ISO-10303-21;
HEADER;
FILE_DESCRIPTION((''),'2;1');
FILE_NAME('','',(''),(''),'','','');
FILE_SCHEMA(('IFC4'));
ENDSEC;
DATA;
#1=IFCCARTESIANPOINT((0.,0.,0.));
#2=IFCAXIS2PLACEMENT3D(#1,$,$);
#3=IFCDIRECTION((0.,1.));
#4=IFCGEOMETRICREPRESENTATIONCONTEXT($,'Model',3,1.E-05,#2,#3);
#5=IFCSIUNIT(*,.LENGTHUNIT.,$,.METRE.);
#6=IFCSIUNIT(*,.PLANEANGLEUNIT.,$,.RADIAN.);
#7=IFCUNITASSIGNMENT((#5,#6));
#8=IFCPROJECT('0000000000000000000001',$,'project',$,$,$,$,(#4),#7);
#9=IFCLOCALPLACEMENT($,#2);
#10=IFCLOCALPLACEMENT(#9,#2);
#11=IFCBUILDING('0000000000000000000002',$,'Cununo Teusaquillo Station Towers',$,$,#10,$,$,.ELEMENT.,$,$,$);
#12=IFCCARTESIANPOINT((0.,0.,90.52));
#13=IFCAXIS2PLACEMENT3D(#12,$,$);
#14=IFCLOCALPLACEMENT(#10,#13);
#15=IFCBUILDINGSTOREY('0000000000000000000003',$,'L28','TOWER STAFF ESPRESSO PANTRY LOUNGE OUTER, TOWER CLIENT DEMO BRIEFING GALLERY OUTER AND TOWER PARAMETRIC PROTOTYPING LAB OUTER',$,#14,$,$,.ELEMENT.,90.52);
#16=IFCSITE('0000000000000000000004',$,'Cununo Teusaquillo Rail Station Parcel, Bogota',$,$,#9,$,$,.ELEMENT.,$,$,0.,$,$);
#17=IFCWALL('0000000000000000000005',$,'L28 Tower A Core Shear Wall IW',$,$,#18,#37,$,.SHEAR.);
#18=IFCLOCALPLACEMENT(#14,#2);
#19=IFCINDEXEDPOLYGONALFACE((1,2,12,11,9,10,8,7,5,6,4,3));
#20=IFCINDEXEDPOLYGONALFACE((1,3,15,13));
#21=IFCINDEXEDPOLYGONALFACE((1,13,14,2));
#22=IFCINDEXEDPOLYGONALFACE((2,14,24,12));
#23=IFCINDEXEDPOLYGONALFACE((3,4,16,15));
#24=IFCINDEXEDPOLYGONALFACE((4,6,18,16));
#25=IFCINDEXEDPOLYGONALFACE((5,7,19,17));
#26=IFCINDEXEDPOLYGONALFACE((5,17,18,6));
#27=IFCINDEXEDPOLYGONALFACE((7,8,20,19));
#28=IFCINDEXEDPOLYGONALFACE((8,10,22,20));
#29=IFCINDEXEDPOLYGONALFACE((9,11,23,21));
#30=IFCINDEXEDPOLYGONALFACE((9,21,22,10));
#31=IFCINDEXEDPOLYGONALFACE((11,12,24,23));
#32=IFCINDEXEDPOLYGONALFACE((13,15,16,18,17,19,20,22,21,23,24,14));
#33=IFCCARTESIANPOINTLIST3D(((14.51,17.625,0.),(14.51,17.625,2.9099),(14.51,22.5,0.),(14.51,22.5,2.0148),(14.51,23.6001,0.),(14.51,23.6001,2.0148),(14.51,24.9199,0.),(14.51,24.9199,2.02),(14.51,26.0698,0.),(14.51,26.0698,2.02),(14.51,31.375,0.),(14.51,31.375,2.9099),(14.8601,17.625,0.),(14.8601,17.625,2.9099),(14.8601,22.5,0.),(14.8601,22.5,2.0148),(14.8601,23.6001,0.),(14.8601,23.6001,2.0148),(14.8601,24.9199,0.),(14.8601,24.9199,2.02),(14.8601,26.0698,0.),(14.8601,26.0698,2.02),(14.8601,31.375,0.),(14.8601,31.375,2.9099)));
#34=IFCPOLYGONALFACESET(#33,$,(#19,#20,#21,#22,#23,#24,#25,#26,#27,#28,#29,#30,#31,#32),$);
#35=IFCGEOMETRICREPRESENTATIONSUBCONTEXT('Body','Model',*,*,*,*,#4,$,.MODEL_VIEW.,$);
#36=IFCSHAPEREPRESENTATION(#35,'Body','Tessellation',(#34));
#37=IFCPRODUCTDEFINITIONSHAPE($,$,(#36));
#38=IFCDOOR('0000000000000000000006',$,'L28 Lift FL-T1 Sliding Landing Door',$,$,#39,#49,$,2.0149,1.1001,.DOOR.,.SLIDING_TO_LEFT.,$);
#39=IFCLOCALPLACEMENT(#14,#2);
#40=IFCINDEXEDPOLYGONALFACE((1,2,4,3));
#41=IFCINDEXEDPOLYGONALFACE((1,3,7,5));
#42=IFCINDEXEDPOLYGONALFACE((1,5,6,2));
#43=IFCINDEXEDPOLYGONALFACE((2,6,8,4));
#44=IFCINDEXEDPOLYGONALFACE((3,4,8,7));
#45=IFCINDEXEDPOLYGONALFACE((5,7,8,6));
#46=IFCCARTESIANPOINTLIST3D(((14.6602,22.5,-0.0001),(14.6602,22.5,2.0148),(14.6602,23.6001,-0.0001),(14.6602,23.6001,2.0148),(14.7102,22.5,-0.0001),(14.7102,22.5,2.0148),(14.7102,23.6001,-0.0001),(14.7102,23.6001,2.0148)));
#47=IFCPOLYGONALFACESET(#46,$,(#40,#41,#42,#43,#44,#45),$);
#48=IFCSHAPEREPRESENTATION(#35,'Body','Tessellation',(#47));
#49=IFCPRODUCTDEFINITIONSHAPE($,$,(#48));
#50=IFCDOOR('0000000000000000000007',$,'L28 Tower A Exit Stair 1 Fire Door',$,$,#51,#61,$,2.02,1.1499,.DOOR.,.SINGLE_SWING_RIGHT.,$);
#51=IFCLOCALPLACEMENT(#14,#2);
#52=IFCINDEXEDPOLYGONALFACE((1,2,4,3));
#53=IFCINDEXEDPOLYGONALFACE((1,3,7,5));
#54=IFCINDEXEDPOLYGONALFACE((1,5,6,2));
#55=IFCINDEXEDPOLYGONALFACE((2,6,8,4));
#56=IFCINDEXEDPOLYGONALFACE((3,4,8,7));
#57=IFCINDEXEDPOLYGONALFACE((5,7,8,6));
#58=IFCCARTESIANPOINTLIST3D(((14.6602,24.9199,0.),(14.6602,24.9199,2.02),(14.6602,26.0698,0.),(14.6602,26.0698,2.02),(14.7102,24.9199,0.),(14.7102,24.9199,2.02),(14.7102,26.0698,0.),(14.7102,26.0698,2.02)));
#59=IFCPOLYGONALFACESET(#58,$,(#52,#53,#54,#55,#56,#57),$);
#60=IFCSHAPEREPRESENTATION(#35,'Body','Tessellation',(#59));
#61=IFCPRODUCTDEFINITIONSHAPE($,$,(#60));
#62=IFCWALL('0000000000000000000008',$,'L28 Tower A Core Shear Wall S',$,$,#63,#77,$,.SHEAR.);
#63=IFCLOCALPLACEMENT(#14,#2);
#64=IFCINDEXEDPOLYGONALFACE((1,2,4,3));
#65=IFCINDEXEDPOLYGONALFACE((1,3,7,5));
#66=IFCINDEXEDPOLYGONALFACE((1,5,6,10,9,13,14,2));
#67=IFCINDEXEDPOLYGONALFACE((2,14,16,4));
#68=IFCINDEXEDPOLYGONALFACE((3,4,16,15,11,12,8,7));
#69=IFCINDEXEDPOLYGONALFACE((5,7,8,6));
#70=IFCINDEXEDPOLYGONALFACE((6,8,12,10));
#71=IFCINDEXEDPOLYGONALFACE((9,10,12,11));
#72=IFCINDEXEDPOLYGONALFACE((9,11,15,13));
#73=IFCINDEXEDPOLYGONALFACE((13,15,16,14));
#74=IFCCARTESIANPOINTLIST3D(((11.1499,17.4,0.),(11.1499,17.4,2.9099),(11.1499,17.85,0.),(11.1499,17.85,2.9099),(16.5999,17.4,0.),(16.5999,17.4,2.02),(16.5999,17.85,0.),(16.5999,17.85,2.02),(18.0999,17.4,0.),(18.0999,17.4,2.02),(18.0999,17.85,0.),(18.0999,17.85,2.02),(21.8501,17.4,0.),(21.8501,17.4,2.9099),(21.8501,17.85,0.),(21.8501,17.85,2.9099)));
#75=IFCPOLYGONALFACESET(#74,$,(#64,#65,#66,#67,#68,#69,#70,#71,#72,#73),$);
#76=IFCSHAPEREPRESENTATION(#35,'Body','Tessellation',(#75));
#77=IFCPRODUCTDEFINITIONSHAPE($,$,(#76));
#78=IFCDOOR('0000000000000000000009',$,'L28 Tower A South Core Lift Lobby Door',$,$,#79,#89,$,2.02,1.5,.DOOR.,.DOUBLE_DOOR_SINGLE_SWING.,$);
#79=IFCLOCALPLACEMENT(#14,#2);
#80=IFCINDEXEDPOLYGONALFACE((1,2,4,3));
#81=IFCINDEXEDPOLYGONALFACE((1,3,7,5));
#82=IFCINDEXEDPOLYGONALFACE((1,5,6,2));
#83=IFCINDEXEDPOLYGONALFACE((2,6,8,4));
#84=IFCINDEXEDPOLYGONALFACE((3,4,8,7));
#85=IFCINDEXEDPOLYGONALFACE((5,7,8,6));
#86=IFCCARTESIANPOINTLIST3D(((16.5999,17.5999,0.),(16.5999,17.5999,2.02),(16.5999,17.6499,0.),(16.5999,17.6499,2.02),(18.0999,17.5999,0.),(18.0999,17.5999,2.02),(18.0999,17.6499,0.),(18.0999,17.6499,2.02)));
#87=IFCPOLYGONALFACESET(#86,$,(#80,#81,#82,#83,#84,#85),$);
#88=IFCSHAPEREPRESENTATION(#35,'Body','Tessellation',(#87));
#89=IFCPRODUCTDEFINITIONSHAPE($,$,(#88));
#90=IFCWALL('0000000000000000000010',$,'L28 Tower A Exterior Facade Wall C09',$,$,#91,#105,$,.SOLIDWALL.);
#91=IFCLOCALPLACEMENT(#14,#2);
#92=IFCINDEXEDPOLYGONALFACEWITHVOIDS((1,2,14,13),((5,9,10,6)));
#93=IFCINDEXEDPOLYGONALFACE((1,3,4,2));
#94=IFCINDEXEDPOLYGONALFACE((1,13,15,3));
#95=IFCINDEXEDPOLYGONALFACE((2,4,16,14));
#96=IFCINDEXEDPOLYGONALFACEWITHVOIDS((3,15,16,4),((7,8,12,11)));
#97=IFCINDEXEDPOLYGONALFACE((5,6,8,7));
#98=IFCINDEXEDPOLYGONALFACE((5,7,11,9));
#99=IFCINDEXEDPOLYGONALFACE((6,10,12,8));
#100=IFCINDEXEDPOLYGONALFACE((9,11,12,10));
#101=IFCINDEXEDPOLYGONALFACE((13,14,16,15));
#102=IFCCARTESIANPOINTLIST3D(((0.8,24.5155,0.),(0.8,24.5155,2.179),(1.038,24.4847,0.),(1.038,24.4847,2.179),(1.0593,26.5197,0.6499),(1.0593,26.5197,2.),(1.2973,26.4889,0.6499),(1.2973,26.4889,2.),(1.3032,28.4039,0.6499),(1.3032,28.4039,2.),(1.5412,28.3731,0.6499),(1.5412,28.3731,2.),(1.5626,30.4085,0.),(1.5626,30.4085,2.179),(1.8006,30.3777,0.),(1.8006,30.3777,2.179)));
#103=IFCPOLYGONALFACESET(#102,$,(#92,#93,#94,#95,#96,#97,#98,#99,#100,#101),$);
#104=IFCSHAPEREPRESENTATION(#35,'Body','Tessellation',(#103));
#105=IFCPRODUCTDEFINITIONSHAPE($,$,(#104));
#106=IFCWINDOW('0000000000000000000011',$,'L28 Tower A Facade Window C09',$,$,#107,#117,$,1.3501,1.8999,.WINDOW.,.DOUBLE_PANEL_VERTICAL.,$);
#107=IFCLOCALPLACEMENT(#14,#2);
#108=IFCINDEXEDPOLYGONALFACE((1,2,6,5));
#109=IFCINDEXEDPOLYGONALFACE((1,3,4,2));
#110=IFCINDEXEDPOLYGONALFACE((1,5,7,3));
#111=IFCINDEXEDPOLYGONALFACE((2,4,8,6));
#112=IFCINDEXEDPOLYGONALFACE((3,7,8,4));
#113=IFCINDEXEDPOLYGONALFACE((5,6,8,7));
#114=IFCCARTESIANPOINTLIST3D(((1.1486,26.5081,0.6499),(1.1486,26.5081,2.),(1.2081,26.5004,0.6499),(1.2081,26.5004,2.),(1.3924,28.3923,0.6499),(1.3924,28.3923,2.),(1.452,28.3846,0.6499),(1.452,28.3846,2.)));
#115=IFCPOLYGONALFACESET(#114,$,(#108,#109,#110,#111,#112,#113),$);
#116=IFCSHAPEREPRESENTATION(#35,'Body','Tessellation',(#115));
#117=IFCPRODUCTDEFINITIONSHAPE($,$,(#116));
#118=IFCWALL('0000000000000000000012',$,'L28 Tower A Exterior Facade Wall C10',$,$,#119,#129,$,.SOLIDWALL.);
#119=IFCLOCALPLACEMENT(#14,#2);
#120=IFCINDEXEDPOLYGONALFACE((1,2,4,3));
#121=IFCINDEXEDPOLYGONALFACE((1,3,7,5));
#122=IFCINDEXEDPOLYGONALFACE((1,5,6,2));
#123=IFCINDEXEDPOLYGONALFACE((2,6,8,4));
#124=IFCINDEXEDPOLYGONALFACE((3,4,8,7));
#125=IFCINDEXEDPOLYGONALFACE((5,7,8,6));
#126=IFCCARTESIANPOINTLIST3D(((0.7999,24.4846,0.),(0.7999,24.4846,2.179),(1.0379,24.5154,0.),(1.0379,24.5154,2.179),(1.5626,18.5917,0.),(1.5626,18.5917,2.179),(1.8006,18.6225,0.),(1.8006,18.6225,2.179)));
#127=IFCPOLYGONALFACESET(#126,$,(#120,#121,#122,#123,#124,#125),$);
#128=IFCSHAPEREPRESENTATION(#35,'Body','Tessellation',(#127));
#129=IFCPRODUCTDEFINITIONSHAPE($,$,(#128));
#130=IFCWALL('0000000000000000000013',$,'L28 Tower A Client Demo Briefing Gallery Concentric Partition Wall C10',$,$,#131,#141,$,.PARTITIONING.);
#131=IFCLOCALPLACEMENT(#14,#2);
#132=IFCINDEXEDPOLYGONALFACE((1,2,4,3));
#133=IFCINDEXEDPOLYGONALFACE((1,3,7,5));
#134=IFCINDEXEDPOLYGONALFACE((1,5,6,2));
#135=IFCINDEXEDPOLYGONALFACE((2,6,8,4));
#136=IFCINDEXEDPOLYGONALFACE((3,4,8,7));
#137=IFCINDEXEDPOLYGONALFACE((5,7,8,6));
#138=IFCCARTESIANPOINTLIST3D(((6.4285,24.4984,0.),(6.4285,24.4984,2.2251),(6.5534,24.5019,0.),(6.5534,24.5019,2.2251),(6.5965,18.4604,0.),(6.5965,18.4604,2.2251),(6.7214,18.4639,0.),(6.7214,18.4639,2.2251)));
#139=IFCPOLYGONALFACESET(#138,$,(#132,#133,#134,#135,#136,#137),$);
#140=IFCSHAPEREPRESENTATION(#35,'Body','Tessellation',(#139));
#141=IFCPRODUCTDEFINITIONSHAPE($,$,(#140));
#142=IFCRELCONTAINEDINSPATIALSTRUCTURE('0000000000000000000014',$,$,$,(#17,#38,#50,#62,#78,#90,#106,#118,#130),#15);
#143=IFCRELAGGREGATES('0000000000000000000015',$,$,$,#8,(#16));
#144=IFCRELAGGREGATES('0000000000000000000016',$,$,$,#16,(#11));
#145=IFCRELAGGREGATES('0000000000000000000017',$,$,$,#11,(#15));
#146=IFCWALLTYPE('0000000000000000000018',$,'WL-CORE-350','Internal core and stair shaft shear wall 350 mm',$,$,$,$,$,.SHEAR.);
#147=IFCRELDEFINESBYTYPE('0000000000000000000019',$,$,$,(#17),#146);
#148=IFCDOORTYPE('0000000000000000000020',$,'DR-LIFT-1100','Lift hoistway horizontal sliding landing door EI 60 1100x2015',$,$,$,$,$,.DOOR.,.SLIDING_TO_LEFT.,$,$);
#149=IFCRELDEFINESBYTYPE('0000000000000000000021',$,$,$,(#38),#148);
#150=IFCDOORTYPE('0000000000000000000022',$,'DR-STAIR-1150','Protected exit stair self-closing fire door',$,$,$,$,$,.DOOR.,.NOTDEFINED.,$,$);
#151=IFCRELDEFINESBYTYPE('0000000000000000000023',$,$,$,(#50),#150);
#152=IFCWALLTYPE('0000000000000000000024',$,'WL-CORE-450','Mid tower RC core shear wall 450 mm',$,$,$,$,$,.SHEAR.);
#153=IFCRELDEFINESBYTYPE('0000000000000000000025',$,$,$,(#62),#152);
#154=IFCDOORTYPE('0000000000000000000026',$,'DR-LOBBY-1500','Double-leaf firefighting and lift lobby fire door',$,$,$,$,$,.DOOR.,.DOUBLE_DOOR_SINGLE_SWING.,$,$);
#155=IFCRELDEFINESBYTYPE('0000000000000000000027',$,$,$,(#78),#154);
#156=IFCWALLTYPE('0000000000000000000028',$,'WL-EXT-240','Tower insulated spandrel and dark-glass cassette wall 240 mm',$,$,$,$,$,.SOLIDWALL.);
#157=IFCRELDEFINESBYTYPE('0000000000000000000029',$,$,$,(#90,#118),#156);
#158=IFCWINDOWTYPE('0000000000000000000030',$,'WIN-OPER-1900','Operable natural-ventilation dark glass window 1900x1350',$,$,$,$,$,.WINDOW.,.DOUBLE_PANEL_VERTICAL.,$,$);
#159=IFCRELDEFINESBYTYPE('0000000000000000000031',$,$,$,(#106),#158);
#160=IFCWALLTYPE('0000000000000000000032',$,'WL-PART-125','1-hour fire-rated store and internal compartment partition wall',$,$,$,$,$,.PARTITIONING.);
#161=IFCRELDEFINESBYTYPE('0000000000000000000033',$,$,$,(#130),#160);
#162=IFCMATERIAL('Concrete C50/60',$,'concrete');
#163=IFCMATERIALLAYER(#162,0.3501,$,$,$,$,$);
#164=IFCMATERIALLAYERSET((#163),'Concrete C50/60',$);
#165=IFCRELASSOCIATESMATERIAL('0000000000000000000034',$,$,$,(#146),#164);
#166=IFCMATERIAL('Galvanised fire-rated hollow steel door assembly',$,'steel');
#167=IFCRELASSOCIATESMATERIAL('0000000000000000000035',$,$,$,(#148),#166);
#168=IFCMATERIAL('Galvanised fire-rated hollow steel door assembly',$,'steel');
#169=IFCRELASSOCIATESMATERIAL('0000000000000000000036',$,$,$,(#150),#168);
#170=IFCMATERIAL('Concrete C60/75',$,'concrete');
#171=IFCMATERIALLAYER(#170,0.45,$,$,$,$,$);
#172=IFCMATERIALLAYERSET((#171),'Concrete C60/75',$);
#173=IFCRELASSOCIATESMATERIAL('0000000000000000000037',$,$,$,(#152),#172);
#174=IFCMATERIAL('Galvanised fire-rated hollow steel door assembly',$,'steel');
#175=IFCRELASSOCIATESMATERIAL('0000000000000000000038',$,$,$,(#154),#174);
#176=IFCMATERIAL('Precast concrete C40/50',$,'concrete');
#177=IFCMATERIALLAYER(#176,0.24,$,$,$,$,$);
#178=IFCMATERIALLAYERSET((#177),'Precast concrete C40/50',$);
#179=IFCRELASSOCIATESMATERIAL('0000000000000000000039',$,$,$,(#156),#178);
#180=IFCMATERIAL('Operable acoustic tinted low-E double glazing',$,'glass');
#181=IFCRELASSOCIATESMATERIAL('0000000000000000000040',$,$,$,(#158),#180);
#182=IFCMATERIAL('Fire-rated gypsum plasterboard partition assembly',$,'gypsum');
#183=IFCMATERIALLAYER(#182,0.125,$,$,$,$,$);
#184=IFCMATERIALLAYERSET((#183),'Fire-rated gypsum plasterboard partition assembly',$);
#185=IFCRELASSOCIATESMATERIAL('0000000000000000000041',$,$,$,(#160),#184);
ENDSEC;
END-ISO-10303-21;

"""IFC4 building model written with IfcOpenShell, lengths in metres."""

from ifc_helpers import new_model, si_unit, direction, frame, frame_2d, origin, place, context, subcontext, project, spatial, rectangle, extrude, source, transform, mapped, material, layer, layer_set, type_object, element, fill, save


model = new_model("IFC4")

# Units and contexts
model_context = context("Model", 3, precision=1e-05, world=origin(), true_north=direction((0.0, 1.0)))
body_context = subcontext(model_context, "Body", "Model", "MODEL_VIEW")
ifc_project = project(units=[si_unit("LENGTHUNIT", "METRE"), si_unit("PLANEANGLEUNIT", "RADIAN")], contexts=[model_context])

# Site, building, storey
site_placement = place(None, origin())
site = spatial("IfcSite", under=ifc_project, at=site_placement, Name="Cununo Teusaquillo Rail Station Parcel, Bogota", CompositionType="ELEMENT", RefElevation=0.0)
building_placement = place(site_placement, origin())
building = spatial("IfcBuilding", under=site, at=building_placement, Name="Cununo Teusaquillo Station Towers", CompositionType="ELEMENT")
storey_placement = place(building_placement, frame((0.0, 0.0, 90.52)))
storey = spatial("IfcBuildingStorey", under=building, at=storey_placement, Name="L28", Description="TOWER STAFF ESPRESSO PANTRY LOUNGE OUTER, TOWER CLIENT DEMO BRIEFING GALLERY OUTER AND TOWER PARAMETRIC PROTOTYPING LAB OUTER", CompositionType="ELEMENT", Elevation=90.52)

# Wall, openings, doors
ifc_material_1 = material(Name="Concrete C50/60", Category="concrete")
ifc_layer_1 = layer(ifc_material_1, 0.3501)
ifc_layer_set_1 = layer_set([ifc_layer_1], Name="Concrete C50/60")
wall_type_1 = type_object("IfcWallType", Name="WL-CORE-350", Description="Internal core and stair shaft shear wall 350 mm", PredefinedType="SHEAR", material=ifc_layer_set_1)
wall_1_placement = place(storey_placement, frame((14.6851, 17.625, 0.0), z_axis=(0.0, 0.0, 1.0), x_axis=(0.0, 1.0, 0.0)))
wall_1 = element("IfcWall", 1, at=wall_1_placement, inside=storey, type_object=wall_type_1, Name="L28 Tower A Core Shear Wall IW", PredefinedType="SHEAR", context=body_context, shape_type="SweptSolid", body=[
    extrude(rectangle(XDim=13.75, YDim=0.3501, at=frame_2d((6.875, 0.0))), origin(), (0.0, 0.0, 1.0), 2.9099),
])
shared_shape_1 = source(origin(), body_context, "Body", "SweptSolid", [
    extrude(rectangle(XDim=1.1001, YDim=2.0149, at=frame_2d((0.55, 1.0073))), frame((0.0, 0.1851, 0.0), z_axis=(0.0, -1.0, 0.0), x_axis=(1.0, 0.0, 0.0)), (0.0, 0.0, 1.0), 0.3701),
])
opening_1_placement = place(wall_1_placement, frame((4.875, 0.0, 0.0)))
opening_1 = element("IfcOpeningElement", 2, at=opening_1_placement, cuts=wall_1, PredefinedType="OPENING", context=body_context, shape_type="MappedRepresentation", body=[
    mapped(shared_shape_1, transform((0.0, 0.0, 0.0), x_axis=(1.0, 0.0, 0.0), y_axis=(0.0, 1.0, 0.0), z_axis=(0.0, 0.0, 1.0), scale=1.0)),
])
shared_shape_2 = source(origin(), body_context, "Body", "SweptSolid", [
    extrude(rectangle(XDim=1.1499, YDim=2.02, at=frame_2d((0.575, 1.01))), frame((0.0, 0.1851, 0.0), z_axis=(0.0, -1.0, 0.0), x_axis=(1.0, 0.0, 0.0)), (0.0, 0.0, 1.0), 0.3701),
])
opening_2_placement = place(wall_1_placement, frame((7.2949, 0.0, 0.0)))
opening_2 = element("IfcOpeningElement", 3, at=opening_2_placement, cuts=wall_1, PredefinedType="OPENING", context=body_context, shape_type="MappedRepresentation", body=[
    mapped(shared_shape_2, transform((0.0, 0.0, 0.0), x_axis=(1.0, 0.0, 0.0), y_axis=(0.0, 1.0, 0.0), z_axis=(0.0, 0.0, 1.0), scale=1.0)),
])
ifc_material_2 = material(Name="Galvanised fire-rated hollow steel door assembly", Category="steel")
door_type_1 = type_object("IfcDoorType", Name="DR-LIFT-1100", Description="Lift hoistway horizontal sliding landing door EI 60 1100x2015", OperationType="SLIDING_TO_LEFT", PredefinedType="DOOR", material=ifc_material_2)
shared_shape_3 = source(origin(), body_context, "Body", "SweptSolid", [
    extrude(rectangle(XDim=1.1001, YDim=2.0149, at=frame_2d((0.55, 1.0073))), frame((0.0, 0.0249, 0.0), z_axis=(0.0, -1.0, 0.0), x_axis=(1.0, 0.0, 0.0)), (0.0, 0.0, 1.0), 0.05),
])
door_1_placement = place(opening_1_placement, origin())
door_1 = element("IfcDoor", 4, at=door_1_placement, inside=storey, type_object=door_type_1, Name="L28 Lift FL-T1 Sliding Landing Door", OperationType="SLIDING_TO_LEFT", OverallHeight=2.0149, OverallWidth=1.1001, PredefinedType="DOOR", context=body_context, shape_type="MappedRepresentation", body=[
    mapped(shared_shape_3, transform((0.0, 0.0, 0.0), x_axis=(1.0, 0.0, 0.0), y_axis=(0.0, 1.0, 0.0), z_axis=(0.0, 0.0, 1.0), scale=1.0)),
])
fill(opening_1, door_1)
ifc_material_3 = material(Name="Galvanised fire-rated hollow steel door assembly", Category="steel")
door_type_2 = type_object("IfcDoorType", Name="DR-STAIR-1150", Description="Protected exit stair self-closing fire door", OperationType="NOTDEFINED", PredefinedType="DOOR", material=ifc_material_3)
shared_shape_4 = source(origin(), body_context, "Body", "SweptSolid", [
    extrude(rectangle(XDim=1.1499, YDim=2.02, at=frame_2d((0.575, 1.01))), frame((0.0, 0.0249, 0.0), z_axis=(0.0, -1.0, 0.0), x_axis=(1.0, 0.0, 0.0)), (0.0, 0.0, 1.0), 0.05),
])
door_2_placement = place(opening_2_placement, origin())
door_2 = element("IfcDoor", 5, at=door_2_placement, inside=storey, type_object=door_type_2, Name="L28 Tower A Exit Stair 1 Fire Door", OperationType="SINGLE_SWING_RIGHT", OverallHeight=2.02, OverallWidth=1.1499, PredefinedType="DOOR", context=body_context, shape_type="MappedRepresentation", body=[
    mapped(shared_shape_4, transform((0.0, 0.0, 0.0), x_axis=(1.0, 0.0, 0.0), y_axis=(0.0, 1.0, 0.0), z_axis=(0.0, 0.0, 1.0), scale=1.0)),
])
fill(opening_2, door_2)

# Wall, opening, door
ifc_material_4 = material(Name="Concrete C60/75", Category="concrete")
ifc_layer_2 = layer(ifc_material_4, 0.45)
ifc_layer_set_2 = layer_set([ifc_layer_2], Name="Concrete C60/75")
wall_type_2 = type_object("IfcWallType", Name="WL-CORE-450", Description="Mid tower RC core shear wall 450 mm", PredefinedType="SHEAR", material=ifc_layer_set_2)
wall_2_placement = place(storey_placement, frame((11.1499, 17.625, 0.0), z_axis=(0.0, 0.0, 1.0), x_axis=(1.0, 0.0, 0.0)))
wall_2 = element("IfcWall", 6, at=wall_2_placement, inside=storey, type_object=wall_type_2, Name="L28 Tower A Core Shear Wall S", PredefinedType="SHEAR", context=body_context, shape_type="SweptSolid", body=[
    extrude(rectangle(XDim=10.7002, YDim=0.45, at=frame_2d((5.3501, 0.0))), origin(), (0.0, 0.0, 1.0), 2.9099),
])
shared_shape_5 = source(origin(), body_context, "Body", "SweptSolid", [
    extrude(rectangle(XDim=1.5, YDim=2.02, at=frame_2d((0.75, 1.01))), frame((0.0, 0.2349, 0.0), z_axis=(0.0, -1.0, 0.0), x_axis=(1.0, 0.0, 0.0)), (0.0, 0.0, 1.0), 0.47),
])
opening_3_placement = place(wall_2_placement, frame((5.45, 0.0, 0.0)))
opening_3 = element("IfcOpeningElement", 7, at=opening_3_placement, cuts=wall_2, PredefinedType="OPENING", context=body_context, shape_type="MappedRepresentation", body=[
    mapped(shared_shape_5, transform((0.0, 0.0, 0.0), x_axis=(1.0, 0.0, 0.0), y_axis=(0.0, 1.0, 0.0), z_axis=(0.0, 0.0, 1.0), scale=1.0)),
])
ifc_material_5 = material(Name="Galvanised fire-rated hollow steel door assembly", Category="steel")
door_type_3 = type_object("IfcDoorType", Name="DR-LOBBY-1500", Description="Double-leaf firefighting and lift lobby fire door", OperationType="DOUBLE_DOOR_SINGLE_SWING", PredefinedType="DOOR", material=ifc_material_5)
shared_shape_6 = source(origin(), body_context, "Body", "SweptSolid", [
    extrude(rectangle(XDim=1.5, YDim=2.02, at=frame_2d((0.75, 1.01))), frame((0.0, 0.0249, 0.0), z_axis=(0.0, -1.0, 0.0), x_axis=(1.0, 0.0, 0.0)), (0.0, 0.0, 1.0), 0.05),
])
door_3_placement = place(opening_3_placement, origin())
door_3 = element("IfcDoor", 8, at=door_3_placement, inside=storey, type_object=door_type_3, Name="L28 Tower A South Core Lift Lobby Door", OperationType="DOUBLE_DOOR_SINGLE_SWING", OverallHeight=2.02, OverallWidth=1.5, PredefinedType="DOOR", context=body_context, shape_type="MappedRepresentation", body=[
    mapped(shared_shape_6, transform((0.0, 0.0, 0.0), x_axis=(1.0, 0.0, 0.0), y_axis=(0.0, 1.0, 0.0), z_axis=(0.0, 0.0, 1.0), scale=1.0)),
])
fill(opening_3, door_3)

# Wall, opening, window
ifc_material_6 = material(Name="Precast concrete C40/50", Category="concrete")
ifc_layer_3 = layer(ifc_material_6, 0.24)
ifc_layer_set_3 = layer_set([ifc_layer_3], Name="Precast concrete C40/50")
wall_type_3 = type_object("IfcWallType", Name="WL-EXT-240", Description="Tower insulated spandrel and dark-glass cassette wall 240 mm", PredefinedType="SOLIDWALL", material=ifc_layer_set_3)
wall_3_placement = place(storey_placement, frame((0.9189, 24.5, 0.0), z_axis=(0.0, 0.0, 1.0), x_axis=(0.128352, 0.991729, 0.0)))
wall_3 = element("IfcWall", 9, at=wall_3_placement, inside=storey, type_object=wall_type_3, Name="L28 Tower A Exterior Facade Wall C09", PredefinedType="SOLIDWALL", context=body_context, shape_type="SweptSolid", body=[
    extrude(rectangle(XDim=5.9421, YDim=0.24, at=frame_2d((2.9712, 0.0))), origin(), (0.0, 0.0, 1.0), 2.179),
])
shared_shape_7 = source(origin(), body_context, "Body", "SweptSolid", [
    extrude(rectangle(XDim=1.8999, YDim=1.3501, at=frame_2d((0.95, 0.675))), frame((0.0, 0.1299, 0.0), z_axis=(0.0, -1.0, 0.0), x_axis=(1.0, 0.0, 0.0)), (0.0, 0.0, 1.0), 0.26),
])
opening_4_placement = place(wall_3_placement, frame((2.021, 0.0, 0.6499)))
opening_4 = element("IfcOpeningElement", 10, at=opening_4_placement, cuts=wall_3, PredefinedType="OPENING", context=body_context, shape_type="MappedRepresentation", body=[
    mapped(shared_shape_7, transform((0.0, 0.0, 0.0), x_axis=(1.0, 0.0, 0.0), y_axis=(0.0, 1.0, 0.0), z_axis=(0.0, 0.0, 1.0), scale=1.0)),
])
ifc_material_7 = material(Name="Operable acoustic tinted low-E double glazing", Category="glass")
window_type = type_object("IfcWindowType", Name="WIN-OPER-1900", Description="Operable natural-ventilation dark glass window 1900x1350", PartitioningType="DOUBLE_PANEL_VERTICAL", PredefinedType="WINDOW", material=ifc_material_7)
shared_shape_8 = source(origin(), body_context, "Body", "SweptSolid", [
    extrude(rectangle(XDim=1.8999, YDim=1.3501, at=frame_2d((0.95, 0.675))), frame((0.0, 0.03, 0.0), z_axis=(0.0, -1.0, 0.0), x_axis=(1.0, 0.0, 0.0)), (0.0, 0.0, 1.0), 0.0601),
])
window_placement = place(opening_4_placement, origin())
window = element("IfcWindow", 11, at=window_placement, inside=storey, type_object=window_type, Name="L28 Tower A Facade Window C09", OverallHeight=1.3501, OverallWidth=1.8999, PartitioningType="DOUBLE_PANEL_VERTICAL", PredefinedType="WINDOW", context=body_context, shape_type="MappedRepresentation", body=[
    mapped(shared_shape_8, transform((0.0, 0.0, 0.0), x_axis=(1.0, 0.0, 0.0), y_axis=(0.0, 1.0, 0.0), z_axis=(0.0, 0.0, 1.0), scale=1.0)),
])
fill(opening_4, window)

# Walls
wall_4_placement = place(storey_placement, frame((1.6816, 18.6069, 0.0), z_axis=(0.0, 0.0, 1.0), x_axis=(-0.128352, 0.991729, 0.0)))
element("IfcWall", 12, at=wall_4_placement, inside=storey, type_object=wall_type_3, Name="L28 Tower A Exterior Facade Wall C10", PredefinedType="SOLIDWALL", context=body_context, shape_type="SweptSolid", body=[
    extrude(rectangle(XDim=5.9421, YDim=0.24, at=frame_2d((2.9712, 0.0))), origin(), (0.0, 0.0, 1.0), 2.179),
])
ifc_material_8 = material(Name="Fire-rated gypsum plasterboard partition assembly", Category="gypsum")
ifc_layer_4 = layer(ifc_material_8, 0.125)
ifc_layer_set_4 = layer_set([ifc_layer_4], Name="Fire-rated gypsum plasterboard partition assembly")
wall_type_4 = type_object("IfcWallType", Name="WL-PART-125", Description="1-hour fire-rated store and internal compartment partition wall", PredefinedType="PARTITIONING", material=ifc_layer_set_4)
wall_5_placement = place(storey_placement, frame((6.491, 24.5, 0.0), z_axis=(0.0, 0.0, 1.0), x_axis=(0.027809, -0.999613, 0.0)))
element("IfcWall", 13, at=wall_5_placement, inside=storey, type_object=wall_type_4, Name="L28 Tower A Client Demo Briefing Gallery Concentric Partition Wall C10", PredefinedType="PARTITIONING", context=body_context, shape_type="SweptSolid", body=[
    extrude(rectangle(XDim=6.0403, YDim=0.125, at=frame_2d((3.02, 0.0))), origin(), (0.0, 0.0, 1.0), 2.2251),
])

save(model, "model.ifc")
